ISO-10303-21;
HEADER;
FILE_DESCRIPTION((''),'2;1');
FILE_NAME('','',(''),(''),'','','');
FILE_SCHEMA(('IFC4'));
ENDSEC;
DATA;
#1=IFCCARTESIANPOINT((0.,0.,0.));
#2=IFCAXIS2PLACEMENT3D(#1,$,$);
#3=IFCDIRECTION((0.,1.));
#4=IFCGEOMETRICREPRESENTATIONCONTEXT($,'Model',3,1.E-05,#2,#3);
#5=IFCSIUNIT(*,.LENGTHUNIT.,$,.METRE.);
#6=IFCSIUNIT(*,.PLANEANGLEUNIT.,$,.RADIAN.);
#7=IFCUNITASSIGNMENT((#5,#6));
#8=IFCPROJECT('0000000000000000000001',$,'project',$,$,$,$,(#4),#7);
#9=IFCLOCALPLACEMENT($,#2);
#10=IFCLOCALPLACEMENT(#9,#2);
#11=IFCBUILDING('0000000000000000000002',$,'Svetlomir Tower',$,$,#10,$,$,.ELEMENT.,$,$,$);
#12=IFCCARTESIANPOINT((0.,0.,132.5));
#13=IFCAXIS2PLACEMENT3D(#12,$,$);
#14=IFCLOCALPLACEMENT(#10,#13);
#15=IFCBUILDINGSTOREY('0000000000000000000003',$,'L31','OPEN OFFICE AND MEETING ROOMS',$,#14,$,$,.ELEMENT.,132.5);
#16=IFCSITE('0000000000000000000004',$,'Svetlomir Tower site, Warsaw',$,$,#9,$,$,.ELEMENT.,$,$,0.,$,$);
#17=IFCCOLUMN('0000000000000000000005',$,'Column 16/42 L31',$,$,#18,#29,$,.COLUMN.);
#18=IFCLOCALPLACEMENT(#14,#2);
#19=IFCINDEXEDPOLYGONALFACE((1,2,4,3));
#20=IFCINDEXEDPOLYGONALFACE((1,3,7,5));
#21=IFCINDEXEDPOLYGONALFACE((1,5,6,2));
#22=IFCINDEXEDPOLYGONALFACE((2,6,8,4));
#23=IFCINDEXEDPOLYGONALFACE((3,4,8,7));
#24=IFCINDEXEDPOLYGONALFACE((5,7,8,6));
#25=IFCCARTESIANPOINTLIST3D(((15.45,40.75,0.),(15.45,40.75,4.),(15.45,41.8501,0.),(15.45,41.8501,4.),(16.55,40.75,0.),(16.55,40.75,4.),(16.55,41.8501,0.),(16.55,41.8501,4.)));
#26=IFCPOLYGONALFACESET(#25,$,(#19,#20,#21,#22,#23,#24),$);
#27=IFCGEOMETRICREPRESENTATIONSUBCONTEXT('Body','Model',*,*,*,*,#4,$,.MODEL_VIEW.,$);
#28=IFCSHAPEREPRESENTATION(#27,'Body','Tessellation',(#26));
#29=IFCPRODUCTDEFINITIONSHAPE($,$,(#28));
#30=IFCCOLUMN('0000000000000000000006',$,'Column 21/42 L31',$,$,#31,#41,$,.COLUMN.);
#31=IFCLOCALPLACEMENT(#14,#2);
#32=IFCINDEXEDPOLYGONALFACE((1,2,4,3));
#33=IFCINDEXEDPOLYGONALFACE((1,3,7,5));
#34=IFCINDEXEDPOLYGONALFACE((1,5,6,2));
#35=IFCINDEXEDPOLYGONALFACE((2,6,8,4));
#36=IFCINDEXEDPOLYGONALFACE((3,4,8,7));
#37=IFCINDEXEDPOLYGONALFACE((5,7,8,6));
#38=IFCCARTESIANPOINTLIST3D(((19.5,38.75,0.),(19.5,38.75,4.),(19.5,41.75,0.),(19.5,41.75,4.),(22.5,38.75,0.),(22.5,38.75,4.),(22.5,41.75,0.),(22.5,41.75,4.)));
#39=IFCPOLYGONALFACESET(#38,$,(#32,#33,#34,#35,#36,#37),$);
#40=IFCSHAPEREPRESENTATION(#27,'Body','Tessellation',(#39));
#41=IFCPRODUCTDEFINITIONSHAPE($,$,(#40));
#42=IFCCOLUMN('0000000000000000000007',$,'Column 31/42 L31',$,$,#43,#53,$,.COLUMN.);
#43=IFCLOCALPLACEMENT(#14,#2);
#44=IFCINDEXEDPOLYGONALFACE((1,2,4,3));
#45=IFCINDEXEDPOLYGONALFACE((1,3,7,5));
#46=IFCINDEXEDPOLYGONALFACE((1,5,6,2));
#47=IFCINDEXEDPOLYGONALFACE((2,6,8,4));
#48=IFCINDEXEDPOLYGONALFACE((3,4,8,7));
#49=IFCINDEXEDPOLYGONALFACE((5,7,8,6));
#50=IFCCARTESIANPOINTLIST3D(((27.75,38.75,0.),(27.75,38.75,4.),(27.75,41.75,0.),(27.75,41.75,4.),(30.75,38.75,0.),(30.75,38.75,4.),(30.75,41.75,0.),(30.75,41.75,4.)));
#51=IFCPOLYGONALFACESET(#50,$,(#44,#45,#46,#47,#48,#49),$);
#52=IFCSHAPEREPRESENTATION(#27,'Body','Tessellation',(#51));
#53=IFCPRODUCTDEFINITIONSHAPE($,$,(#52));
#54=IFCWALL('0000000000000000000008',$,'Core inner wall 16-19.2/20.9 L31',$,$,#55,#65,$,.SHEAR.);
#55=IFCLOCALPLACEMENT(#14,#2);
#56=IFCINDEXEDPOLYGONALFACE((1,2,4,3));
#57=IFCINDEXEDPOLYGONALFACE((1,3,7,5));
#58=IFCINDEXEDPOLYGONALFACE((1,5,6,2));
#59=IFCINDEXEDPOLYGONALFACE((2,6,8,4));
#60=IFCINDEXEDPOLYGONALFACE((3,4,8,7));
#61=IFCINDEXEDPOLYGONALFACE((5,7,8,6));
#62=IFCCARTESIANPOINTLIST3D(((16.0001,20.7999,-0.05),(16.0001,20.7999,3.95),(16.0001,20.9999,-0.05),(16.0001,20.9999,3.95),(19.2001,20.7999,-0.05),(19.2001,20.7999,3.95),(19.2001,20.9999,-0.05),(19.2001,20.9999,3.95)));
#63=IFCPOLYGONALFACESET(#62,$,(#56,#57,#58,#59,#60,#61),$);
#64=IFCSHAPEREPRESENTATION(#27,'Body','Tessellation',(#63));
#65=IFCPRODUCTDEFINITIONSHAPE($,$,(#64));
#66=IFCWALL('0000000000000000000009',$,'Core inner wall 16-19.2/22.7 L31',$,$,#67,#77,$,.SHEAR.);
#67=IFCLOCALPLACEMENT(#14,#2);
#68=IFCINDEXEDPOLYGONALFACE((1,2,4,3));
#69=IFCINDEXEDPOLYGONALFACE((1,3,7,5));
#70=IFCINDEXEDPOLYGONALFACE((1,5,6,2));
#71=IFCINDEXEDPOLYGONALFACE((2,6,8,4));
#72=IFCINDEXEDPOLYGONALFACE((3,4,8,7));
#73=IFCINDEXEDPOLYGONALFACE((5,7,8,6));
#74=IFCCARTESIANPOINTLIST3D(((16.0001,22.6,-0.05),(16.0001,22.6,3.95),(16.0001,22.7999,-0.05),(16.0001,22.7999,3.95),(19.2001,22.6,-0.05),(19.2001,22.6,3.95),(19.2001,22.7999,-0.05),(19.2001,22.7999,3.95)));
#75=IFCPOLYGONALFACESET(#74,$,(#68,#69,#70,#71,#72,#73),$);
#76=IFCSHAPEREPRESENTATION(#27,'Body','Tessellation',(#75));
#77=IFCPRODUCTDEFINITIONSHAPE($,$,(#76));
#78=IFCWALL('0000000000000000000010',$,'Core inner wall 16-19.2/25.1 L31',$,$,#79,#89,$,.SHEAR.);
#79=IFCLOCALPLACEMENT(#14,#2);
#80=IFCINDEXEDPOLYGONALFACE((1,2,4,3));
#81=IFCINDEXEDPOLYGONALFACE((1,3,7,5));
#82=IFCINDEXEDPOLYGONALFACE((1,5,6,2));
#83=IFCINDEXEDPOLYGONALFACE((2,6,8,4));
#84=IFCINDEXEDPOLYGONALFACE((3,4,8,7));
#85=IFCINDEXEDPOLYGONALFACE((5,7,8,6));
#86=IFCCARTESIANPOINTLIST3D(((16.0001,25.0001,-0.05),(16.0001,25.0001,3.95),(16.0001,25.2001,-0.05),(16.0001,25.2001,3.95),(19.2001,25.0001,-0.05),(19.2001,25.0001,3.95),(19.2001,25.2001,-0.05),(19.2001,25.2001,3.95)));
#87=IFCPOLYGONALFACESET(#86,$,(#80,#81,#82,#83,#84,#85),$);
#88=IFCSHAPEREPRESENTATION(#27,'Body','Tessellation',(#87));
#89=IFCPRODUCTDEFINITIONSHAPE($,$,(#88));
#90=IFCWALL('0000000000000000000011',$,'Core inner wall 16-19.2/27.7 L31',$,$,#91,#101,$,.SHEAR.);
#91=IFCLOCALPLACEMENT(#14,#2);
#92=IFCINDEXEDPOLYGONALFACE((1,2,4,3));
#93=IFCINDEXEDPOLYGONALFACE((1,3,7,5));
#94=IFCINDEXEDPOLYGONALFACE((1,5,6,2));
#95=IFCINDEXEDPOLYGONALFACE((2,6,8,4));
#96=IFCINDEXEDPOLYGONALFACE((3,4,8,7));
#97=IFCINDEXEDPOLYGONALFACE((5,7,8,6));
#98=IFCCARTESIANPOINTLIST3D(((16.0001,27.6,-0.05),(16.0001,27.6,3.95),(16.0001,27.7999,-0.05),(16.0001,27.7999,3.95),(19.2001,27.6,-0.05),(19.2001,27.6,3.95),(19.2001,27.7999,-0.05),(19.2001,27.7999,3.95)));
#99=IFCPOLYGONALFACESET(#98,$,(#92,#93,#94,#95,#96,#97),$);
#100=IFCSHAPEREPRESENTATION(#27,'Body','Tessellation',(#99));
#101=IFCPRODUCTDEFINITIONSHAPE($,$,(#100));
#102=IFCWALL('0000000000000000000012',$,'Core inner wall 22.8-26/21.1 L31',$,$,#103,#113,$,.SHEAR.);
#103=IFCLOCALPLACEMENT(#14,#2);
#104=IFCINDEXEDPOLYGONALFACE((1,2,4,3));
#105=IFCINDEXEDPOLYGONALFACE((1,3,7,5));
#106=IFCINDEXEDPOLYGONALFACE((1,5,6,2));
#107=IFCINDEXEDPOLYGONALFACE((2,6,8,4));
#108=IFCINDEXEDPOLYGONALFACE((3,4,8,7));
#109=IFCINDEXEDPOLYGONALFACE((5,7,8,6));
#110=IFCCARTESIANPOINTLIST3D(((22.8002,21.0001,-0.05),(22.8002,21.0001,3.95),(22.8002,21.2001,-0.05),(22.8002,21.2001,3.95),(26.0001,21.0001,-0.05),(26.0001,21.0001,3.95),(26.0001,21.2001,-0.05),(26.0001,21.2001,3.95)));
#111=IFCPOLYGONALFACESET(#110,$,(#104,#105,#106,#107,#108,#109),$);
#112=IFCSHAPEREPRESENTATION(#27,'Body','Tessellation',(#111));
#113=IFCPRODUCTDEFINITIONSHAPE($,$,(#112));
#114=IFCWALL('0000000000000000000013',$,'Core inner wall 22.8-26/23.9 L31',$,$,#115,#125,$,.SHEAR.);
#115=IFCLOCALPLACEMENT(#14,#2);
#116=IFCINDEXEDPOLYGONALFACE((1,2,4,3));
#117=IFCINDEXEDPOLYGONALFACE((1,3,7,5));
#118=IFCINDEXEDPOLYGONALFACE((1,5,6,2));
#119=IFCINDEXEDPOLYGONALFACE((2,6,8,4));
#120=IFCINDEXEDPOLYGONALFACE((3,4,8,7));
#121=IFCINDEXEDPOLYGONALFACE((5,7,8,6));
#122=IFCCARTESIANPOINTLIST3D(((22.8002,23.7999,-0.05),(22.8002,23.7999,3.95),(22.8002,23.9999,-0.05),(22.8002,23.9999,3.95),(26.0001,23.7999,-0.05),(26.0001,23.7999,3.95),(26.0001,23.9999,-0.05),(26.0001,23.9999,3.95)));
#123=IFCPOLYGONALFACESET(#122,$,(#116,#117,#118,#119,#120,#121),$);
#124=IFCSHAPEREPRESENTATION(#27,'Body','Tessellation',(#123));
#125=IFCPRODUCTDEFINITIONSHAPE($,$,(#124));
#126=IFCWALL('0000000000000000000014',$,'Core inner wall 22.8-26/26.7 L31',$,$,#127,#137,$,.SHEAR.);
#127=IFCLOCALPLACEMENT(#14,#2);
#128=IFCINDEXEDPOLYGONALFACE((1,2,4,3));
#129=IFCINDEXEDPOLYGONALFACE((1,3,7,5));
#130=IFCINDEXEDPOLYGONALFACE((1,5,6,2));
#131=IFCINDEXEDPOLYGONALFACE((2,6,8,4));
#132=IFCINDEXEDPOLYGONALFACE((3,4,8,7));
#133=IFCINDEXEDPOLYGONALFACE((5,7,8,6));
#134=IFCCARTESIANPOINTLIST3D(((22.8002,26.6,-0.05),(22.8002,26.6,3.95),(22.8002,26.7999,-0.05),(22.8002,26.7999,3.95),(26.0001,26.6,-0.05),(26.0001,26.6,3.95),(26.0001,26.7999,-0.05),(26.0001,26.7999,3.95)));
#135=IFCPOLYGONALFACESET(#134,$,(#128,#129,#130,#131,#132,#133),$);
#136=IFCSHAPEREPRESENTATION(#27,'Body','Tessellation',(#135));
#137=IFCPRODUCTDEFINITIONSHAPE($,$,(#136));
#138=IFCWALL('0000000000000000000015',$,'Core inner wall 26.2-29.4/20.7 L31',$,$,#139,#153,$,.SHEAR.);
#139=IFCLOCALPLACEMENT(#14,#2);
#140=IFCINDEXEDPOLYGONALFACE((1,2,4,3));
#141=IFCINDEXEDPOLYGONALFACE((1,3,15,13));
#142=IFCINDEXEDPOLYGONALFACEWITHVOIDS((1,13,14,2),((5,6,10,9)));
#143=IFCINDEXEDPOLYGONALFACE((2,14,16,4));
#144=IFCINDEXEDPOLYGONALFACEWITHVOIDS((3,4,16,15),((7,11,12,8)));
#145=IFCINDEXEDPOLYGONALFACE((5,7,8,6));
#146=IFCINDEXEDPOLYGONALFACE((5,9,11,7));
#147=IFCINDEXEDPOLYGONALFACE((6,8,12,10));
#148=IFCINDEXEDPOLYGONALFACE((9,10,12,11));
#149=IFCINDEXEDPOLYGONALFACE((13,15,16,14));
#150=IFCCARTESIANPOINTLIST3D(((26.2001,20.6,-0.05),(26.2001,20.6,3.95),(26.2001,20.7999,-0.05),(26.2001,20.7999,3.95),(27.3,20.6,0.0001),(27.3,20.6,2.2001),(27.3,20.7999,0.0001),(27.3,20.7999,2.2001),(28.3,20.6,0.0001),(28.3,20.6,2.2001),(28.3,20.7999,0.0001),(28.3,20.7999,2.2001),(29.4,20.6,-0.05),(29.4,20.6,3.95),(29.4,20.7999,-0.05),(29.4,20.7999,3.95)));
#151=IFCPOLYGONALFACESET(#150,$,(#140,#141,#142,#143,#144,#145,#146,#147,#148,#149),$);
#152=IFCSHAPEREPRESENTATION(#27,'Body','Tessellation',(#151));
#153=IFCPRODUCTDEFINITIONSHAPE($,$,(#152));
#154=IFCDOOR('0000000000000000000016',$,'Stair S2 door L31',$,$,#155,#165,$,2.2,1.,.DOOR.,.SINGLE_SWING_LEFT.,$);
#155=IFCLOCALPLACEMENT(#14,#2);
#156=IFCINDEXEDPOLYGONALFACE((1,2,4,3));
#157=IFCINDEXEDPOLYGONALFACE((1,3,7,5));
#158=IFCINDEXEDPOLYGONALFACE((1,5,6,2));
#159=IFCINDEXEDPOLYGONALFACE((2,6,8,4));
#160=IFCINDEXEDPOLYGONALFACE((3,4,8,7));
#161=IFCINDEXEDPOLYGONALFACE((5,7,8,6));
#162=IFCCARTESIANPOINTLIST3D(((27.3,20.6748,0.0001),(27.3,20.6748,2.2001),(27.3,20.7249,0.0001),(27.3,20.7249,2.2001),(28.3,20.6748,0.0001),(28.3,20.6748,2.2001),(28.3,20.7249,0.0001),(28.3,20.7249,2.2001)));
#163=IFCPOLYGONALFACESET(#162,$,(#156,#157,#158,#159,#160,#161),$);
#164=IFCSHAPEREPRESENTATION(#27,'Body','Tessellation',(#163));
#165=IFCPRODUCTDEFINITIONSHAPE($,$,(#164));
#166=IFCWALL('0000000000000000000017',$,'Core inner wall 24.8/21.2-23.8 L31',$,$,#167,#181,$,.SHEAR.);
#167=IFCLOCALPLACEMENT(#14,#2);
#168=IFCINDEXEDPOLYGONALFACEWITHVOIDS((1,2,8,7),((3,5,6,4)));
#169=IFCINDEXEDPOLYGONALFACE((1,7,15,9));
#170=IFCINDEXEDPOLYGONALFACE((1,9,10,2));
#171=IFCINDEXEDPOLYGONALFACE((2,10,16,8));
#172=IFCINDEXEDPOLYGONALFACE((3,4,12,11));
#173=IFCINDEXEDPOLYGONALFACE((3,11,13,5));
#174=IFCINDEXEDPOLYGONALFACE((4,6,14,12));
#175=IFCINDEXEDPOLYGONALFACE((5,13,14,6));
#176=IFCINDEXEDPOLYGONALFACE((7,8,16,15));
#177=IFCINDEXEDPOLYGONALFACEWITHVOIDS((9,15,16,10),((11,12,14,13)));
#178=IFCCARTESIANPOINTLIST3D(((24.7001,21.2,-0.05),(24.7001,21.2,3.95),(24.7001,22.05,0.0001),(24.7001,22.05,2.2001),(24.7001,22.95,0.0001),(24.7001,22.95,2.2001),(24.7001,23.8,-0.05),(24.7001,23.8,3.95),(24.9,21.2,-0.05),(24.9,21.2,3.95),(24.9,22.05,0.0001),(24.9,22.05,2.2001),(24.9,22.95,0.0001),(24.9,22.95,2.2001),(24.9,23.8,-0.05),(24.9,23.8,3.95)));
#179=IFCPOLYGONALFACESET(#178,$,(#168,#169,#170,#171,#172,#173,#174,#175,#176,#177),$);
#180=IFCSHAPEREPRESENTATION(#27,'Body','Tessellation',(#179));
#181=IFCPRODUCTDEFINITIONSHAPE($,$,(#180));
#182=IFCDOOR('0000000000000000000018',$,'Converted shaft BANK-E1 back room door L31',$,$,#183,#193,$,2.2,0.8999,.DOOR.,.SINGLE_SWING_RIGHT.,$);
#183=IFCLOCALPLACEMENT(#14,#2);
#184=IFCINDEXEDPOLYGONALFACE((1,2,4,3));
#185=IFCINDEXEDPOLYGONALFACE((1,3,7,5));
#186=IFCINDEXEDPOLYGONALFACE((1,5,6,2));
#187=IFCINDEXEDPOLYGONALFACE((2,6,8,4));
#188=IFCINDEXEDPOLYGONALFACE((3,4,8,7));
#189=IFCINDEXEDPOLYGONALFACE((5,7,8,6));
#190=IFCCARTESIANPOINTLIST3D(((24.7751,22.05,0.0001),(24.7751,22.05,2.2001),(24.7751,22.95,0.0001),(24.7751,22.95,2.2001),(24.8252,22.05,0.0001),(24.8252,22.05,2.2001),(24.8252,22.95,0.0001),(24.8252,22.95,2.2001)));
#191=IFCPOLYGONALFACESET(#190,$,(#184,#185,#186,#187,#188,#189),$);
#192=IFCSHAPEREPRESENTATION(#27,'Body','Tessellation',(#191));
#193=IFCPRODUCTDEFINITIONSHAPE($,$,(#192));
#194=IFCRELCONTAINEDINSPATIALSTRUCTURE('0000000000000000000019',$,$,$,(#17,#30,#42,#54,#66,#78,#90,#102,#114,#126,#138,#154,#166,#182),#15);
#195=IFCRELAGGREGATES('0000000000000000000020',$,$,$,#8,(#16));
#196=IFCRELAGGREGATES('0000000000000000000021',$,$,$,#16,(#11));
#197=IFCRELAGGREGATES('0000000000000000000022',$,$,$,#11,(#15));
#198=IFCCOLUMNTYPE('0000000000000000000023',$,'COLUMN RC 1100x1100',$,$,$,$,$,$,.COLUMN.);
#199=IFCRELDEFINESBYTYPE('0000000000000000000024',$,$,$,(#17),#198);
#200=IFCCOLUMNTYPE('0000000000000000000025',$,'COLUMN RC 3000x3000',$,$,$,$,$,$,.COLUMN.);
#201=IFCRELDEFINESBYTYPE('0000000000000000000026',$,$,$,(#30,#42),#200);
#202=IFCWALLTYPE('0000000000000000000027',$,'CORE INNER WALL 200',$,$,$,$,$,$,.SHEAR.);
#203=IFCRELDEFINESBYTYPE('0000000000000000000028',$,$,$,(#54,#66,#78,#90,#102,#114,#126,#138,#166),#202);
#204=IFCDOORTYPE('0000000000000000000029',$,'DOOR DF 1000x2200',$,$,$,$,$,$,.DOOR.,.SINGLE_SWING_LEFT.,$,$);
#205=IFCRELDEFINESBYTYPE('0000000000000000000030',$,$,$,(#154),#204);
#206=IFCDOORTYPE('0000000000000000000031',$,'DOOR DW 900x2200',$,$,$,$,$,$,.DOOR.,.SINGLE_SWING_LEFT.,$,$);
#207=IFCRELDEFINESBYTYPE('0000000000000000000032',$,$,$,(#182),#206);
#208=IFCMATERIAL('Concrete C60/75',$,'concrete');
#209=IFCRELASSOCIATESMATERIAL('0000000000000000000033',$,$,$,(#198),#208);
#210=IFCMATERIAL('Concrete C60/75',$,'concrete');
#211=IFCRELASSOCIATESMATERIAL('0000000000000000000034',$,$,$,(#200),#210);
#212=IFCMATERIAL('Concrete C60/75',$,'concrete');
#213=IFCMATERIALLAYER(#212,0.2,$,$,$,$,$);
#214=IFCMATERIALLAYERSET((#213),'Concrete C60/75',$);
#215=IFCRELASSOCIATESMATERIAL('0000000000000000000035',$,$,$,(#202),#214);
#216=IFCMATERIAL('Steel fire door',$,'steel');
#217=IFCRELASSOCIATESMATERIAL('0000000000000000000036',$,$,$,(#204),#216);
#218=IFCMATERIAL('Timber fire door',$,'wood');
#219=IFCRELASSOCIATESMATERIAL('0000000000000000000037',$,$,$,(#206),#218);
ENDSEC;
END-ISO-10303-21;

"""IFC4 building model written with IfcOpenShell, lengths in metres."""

from ifc_helpers import new_model, si_unit, direction, frame, frame_2d, origin, origin_2d, place, context, subcontext, project, spatial, rectangle, extrude, material, layer, layer_set, material_profile, profile_set, type_object, element, fill, save


model = new_model("IFC4")

# Units and contexts
model_context = context("Model", 3, precision=1e-05, world=origin(), true_north=direction((0.0, 1.0)))
body_context = subcontext(model_context, "Body", "Model", "MODEL_VIEW")
ifc_project = project(units=[si_unit("LENGTHUNIT", "METRE"), si_unit("PLANEANGLEUNIT", "RADIAN")], contexts=[model_context])

# Site, building, storey
site_placement = place(None, origin())
site = spatial("IfcSite", under=ifc_project, at=site_placement, Name="Svetlomir Tower site, Warsaw", CompositionType="ELEMENT", RefElevation=0.0)
building_placement = place(site_placement, origin())
building = spatial("IfcBuilding", under=site, at=building_placement, Name="Svetlomir Tower", CompositionType="ELEMENT")
storey_placement = place(building_placement, frame((0.0, 0.0, 132.5)))
storey = spatial("IfcBuildingStorey", under=building, at=storey_placement, Name="L31", Description="OPEN OFFICE AND MEETING ROOMS", CompositionType="ELEMENT", Elevation=132.5)

# Columns
ifc_material_1 = material(Name="Concrete C60/75", Category="concrete")
ifc_material_profile_1 = material_profile(ifc_material_1, rectangle(XDim=1.1001, YDim=1.1001, at=origin_2d()), Name="RC 1100x1100")
ifc_profile_set_1 = profile_set([ifc_material_profile_1], Name="Concrete C60/75")
column_type_1 = type_object("IfcColumnType", Name="COLUMN RC 1100x1100", PredefinedType="COLUMN", material=ifc_profile_set_1)
column_placement = place(storey_placement, frame((16.0, 41.3, 0.0), z_axis=(0.0, 0.0, 1.0), x_axis=(1.0, 0.0, 0.0)))
element("IfcColumn", 1, at=column_placement, inside=storey, type_object=column_type_1, Name="Column 16/42 L31", PredefinedType="COLUMN", context=body_context, shape_type="SweptSolid", body=[
    extrude(rectangle(XDim=1.1001, YDim=1.1001, at=origin_2d()), origin(), (0.0, 0.0, 1.0), 4.0),
])
ifc_material_2 = material(Name="Concrete C60/75", Category="concrete")
ifc_material_profile_2 = material_profile(ifc_material_2, rectangle(XDim=3.0, YDim=3.0, at=origin_2d()), Name="RC 3000x3000")
ifc_profile_set_2 = profile_set([ifc_material_profile_2], Name="Concrete C60/75")
column_type_2 = type_object("IfcColumnType", Name="COLUMN RC 3000x3000", PredefinedType="COLUMN", material=ifc_profile_set_2)
for number, where, z_axis, x_axis, name in (
    (2, (21.0, 40.25, 0.0), (0.0, 0.0, 1.0), (1.0, 0.0, 0.0), "Column 21/42 L31"),
    (3, (29.25, 40.25, 0.0), (0.0, 0.0, 1.0), (1.0, 0.0, 0.0), "Column 31/42 L31"),
):
    element("IfcColumn", number, at=place(storey_placement, frame(where, z_axis=z_axis, x_axis=x_axis)), inside=storey, type_object=column_type_2, Name=name, PredefinedType="COLUMN", context=body_context, shape_type="SweptSolid", body=[
        extrude(rectangle(XDim=3.0, YDim=3.0, at=origin_2d()), origin(), (0.0, 0.0, 1.0), 4.0),
    ])

# Walls
ifc_material_3 = material(Name="Concrete C60/75", Category="concrete")
ifc_layer_1 = layer(ifc_material_3, 0.2)
ifc_layer_set_1 = layer_set([ifc_layer_1], Name="Concrete C60/75")
wall_type_1 = type_object("IfcWallType", Name="CORE INNER WALL 200", PredefinedType="SHEAR", material=ifc_layer_set_1)
for number, where, z_axis, x_axis, name in (
    (4, (16.0, 20.8999, -0.05), (0.0, 0.0, 1.0), (1.0, 0.0, 0.0), "Core inner wall 16-19.2/20.9 L31"),
    (5, (16.0, 22.7, -0.05), (0.0, 0.0, 1.0), (1.0, 0.0, 0.0), "Core inner wall 16-19.2/22.7 L31"),
    (6, (16.0, 25.1001, -0.05), (0.0, 0.0, 1.0), (1.0, 0.0, 0.0), "Core inner wall 16-19.2/25.1 L31"),
    (7, (16.0, 27.7, -0.05), (0.0, 0.0, 1.0), (1.0, 0.0, 0.0), "Core inner wall 16-19.2/27.7 L31"),
    (8, (22.8, 21.1001, -0.05), (0.0, 0.0, 1.0), (1.0, 0.0, 0.0), "Core inner wall 22.8-26/21.1 L31"),
    (9, (22.8, 23.8999, -0.05), (0.0, 0.0, 1.0), (1.0, 0.0, 0.0), "Core inner wall 22.8-26/23.9 L31"),
    (10, (22.8, 26.7, -0.05), (0.0, 0.0, 1.0), (1.0, 0.0, 0.0), "Core inner wall 22.8-26/26.7 L31"),
):
    element("IfcWall", number, at=place(storey_placement, frame(where, z_axis=z_axis, x_axis=x_axis)), inside=storey, type_object=wall_type_1, Name=name, PredefinedType="SHEAR", context=body_context, shape_type="SweptSolid", body=[
        extrude(rectangle(XDim=3.2, YDim=0.2, at=frame_2d((1.6001, 0.0))), origin(), (0.0, 0.0, 1.0), 4.0),
    ])

# Walls, openings, doors
wall_1_placement = place(storey_placement, frame((26.2, 20.7, -0.05), z_axis=(0.0, 0.0, 1.0), x_axis=(1.0, 0.0, 0.0)))
wall_1 = element("IfcWall", 11, at=wall_1_placement, inside=storey, type_object=wall_type_1, Name="Core inner wall 26.2-29.4/20.7 L31", PredefinedType="SHEAR", context=body_context, shape_type="SweptSolid", body=[
    extrude(rectangle(XDim=3.2, YDim=0.2, at=frame_2d((1.6001, 0.0))), origin(), (0.0, 0.0, 1.0), 4.0),
])
opening_1_placement = place(wall_1_placement, frame((1.1001, 0.0, 0.05)))
opening_1 = element("IfcOpeningElement", 12, at=opening_1_placement, cuts=wall_1, PredefinedType="OPENING", context=body_context, shape_type="SweptSolid", body=[
    extrude(rectangle(XDim=1.0, YDim=2.2, at=frame_2d((0.5, 1.1001))), frame((0.0, 0.1099, 0.0), z_axis=(0.0, -1.0, 0.0), x_axis=(1.0, 0.0, 0.0)), (0.0, 0.0, 1.0), 0.22),
])
ifc_material_4 = material(Name="Steel fire door", Category="steel")
door_type_1 = type_object("IfcDoorType", Name="DOOR DF 1000x2200", OperationType="SINGLE_SWING_LEFT", PredefinedType="DOOR", material=ifc_material_4)
door_1_placement = place(opening_1_placement, origin())
door_1 = element("IfcDoor", 13, at=door_1_placement, inside=storey, type_object=door_type_1, Name="Stair S2 door L31", OperationType="SINGLE_SWING_LEFT", OverallHeight=2.2, OverallWidth=1.0, PredefinedType="DOOR", context=body_context, shape_type="SweptSolid", body=[
    extrude(rectangle(XDim=1.0, YDim=2.2, at=frame_2d((0.5, 1.1001))), frame((0.0, 0.0249, 0.0), z_axis=(0.0, -1.0, 0.0), x_axis=(1.0, 0.0, 0.0)), (0.0, 0.0, 1.0), 0.05),
])
fill(opening_1, door_1)
wall_2_placement = place(storey_placement, frame((24.8, 21.2, -0.05), z_axis=(0.0, 0.0, 1.0), x_axis=(0.0, 1.0, 0.0)))
wall_2 = element("IfcWall", 14, at=wall_2_placement, inside=storey, type_object=wall_type_1, Name="Core inner wall 24.8/21.2-23.8 L31", PredefinedType="SHEAR", context=body_context, shape_type="SweptSolid", body=[
    extrude(rectangle(XDim=2.6001, YDim=0.2, at=frame_2d((1.3, 0.0))), origin(), (0.0, 0.0, 1.0), 4.0),
])
opening_2_placement = place(wall_2_placement, frame((0.8501, 0.0, 0.05)))
opening_2 = element("IfcOpeningElement", 15, at=opening_2_placement, cuts=wall_2, PredefinedType="OPENING", context=body_context, shape_type="SweptSolid", body=[
    extrude(rectangle(XDim=0.8999, YDim=2.2, at=frame_2d((0.45, 1.1001))), frame((0.0, 0.1099, 0.0), z_axis=(0.0, -1.0, 0.0), x_axis=(1.0, 0.0, 0.0)), (0.0, 0.0, 1.0), 0.22),
])
ifc_material_5 = material(Name="Timber fire door", Category="wood")
door_type_2 = type_object("IfcDoorType", Name="DOOR DW 900x2200", OperationType="SINGLE_SWING_LEFT", PredefinedType="DOOR", material=ifc_material_5)
door_2_placement = place(opening_2_placement, origin())
door_2 = element("IfcDoor", 16, at=door_2_placement, inside=storey, type_object=door_type_2, Name="Converted shaft BANK-E1 back room door L31", OperationType="SINGLE_SWING_RIGHT", OverallHeight=2.2, OverallWidth=0.8999, PredefinedType="DOOR", context=body_context, shape_type="SweptSolid", body=[
    extrude(rectangle(XDim=0.8999, YDim=2.2, at=frame_2d((0.45, 1.1001))), frame((0.0, 0.0249, 0.0), z_axis=(0.0, -1.0, 0.0), x_axis=(1.0, 0.0, 0.0)), (0.0, 0.0, 1.0), 0.05),
])
fill(opening_2, door_2)

save(model, "model.ifc")
